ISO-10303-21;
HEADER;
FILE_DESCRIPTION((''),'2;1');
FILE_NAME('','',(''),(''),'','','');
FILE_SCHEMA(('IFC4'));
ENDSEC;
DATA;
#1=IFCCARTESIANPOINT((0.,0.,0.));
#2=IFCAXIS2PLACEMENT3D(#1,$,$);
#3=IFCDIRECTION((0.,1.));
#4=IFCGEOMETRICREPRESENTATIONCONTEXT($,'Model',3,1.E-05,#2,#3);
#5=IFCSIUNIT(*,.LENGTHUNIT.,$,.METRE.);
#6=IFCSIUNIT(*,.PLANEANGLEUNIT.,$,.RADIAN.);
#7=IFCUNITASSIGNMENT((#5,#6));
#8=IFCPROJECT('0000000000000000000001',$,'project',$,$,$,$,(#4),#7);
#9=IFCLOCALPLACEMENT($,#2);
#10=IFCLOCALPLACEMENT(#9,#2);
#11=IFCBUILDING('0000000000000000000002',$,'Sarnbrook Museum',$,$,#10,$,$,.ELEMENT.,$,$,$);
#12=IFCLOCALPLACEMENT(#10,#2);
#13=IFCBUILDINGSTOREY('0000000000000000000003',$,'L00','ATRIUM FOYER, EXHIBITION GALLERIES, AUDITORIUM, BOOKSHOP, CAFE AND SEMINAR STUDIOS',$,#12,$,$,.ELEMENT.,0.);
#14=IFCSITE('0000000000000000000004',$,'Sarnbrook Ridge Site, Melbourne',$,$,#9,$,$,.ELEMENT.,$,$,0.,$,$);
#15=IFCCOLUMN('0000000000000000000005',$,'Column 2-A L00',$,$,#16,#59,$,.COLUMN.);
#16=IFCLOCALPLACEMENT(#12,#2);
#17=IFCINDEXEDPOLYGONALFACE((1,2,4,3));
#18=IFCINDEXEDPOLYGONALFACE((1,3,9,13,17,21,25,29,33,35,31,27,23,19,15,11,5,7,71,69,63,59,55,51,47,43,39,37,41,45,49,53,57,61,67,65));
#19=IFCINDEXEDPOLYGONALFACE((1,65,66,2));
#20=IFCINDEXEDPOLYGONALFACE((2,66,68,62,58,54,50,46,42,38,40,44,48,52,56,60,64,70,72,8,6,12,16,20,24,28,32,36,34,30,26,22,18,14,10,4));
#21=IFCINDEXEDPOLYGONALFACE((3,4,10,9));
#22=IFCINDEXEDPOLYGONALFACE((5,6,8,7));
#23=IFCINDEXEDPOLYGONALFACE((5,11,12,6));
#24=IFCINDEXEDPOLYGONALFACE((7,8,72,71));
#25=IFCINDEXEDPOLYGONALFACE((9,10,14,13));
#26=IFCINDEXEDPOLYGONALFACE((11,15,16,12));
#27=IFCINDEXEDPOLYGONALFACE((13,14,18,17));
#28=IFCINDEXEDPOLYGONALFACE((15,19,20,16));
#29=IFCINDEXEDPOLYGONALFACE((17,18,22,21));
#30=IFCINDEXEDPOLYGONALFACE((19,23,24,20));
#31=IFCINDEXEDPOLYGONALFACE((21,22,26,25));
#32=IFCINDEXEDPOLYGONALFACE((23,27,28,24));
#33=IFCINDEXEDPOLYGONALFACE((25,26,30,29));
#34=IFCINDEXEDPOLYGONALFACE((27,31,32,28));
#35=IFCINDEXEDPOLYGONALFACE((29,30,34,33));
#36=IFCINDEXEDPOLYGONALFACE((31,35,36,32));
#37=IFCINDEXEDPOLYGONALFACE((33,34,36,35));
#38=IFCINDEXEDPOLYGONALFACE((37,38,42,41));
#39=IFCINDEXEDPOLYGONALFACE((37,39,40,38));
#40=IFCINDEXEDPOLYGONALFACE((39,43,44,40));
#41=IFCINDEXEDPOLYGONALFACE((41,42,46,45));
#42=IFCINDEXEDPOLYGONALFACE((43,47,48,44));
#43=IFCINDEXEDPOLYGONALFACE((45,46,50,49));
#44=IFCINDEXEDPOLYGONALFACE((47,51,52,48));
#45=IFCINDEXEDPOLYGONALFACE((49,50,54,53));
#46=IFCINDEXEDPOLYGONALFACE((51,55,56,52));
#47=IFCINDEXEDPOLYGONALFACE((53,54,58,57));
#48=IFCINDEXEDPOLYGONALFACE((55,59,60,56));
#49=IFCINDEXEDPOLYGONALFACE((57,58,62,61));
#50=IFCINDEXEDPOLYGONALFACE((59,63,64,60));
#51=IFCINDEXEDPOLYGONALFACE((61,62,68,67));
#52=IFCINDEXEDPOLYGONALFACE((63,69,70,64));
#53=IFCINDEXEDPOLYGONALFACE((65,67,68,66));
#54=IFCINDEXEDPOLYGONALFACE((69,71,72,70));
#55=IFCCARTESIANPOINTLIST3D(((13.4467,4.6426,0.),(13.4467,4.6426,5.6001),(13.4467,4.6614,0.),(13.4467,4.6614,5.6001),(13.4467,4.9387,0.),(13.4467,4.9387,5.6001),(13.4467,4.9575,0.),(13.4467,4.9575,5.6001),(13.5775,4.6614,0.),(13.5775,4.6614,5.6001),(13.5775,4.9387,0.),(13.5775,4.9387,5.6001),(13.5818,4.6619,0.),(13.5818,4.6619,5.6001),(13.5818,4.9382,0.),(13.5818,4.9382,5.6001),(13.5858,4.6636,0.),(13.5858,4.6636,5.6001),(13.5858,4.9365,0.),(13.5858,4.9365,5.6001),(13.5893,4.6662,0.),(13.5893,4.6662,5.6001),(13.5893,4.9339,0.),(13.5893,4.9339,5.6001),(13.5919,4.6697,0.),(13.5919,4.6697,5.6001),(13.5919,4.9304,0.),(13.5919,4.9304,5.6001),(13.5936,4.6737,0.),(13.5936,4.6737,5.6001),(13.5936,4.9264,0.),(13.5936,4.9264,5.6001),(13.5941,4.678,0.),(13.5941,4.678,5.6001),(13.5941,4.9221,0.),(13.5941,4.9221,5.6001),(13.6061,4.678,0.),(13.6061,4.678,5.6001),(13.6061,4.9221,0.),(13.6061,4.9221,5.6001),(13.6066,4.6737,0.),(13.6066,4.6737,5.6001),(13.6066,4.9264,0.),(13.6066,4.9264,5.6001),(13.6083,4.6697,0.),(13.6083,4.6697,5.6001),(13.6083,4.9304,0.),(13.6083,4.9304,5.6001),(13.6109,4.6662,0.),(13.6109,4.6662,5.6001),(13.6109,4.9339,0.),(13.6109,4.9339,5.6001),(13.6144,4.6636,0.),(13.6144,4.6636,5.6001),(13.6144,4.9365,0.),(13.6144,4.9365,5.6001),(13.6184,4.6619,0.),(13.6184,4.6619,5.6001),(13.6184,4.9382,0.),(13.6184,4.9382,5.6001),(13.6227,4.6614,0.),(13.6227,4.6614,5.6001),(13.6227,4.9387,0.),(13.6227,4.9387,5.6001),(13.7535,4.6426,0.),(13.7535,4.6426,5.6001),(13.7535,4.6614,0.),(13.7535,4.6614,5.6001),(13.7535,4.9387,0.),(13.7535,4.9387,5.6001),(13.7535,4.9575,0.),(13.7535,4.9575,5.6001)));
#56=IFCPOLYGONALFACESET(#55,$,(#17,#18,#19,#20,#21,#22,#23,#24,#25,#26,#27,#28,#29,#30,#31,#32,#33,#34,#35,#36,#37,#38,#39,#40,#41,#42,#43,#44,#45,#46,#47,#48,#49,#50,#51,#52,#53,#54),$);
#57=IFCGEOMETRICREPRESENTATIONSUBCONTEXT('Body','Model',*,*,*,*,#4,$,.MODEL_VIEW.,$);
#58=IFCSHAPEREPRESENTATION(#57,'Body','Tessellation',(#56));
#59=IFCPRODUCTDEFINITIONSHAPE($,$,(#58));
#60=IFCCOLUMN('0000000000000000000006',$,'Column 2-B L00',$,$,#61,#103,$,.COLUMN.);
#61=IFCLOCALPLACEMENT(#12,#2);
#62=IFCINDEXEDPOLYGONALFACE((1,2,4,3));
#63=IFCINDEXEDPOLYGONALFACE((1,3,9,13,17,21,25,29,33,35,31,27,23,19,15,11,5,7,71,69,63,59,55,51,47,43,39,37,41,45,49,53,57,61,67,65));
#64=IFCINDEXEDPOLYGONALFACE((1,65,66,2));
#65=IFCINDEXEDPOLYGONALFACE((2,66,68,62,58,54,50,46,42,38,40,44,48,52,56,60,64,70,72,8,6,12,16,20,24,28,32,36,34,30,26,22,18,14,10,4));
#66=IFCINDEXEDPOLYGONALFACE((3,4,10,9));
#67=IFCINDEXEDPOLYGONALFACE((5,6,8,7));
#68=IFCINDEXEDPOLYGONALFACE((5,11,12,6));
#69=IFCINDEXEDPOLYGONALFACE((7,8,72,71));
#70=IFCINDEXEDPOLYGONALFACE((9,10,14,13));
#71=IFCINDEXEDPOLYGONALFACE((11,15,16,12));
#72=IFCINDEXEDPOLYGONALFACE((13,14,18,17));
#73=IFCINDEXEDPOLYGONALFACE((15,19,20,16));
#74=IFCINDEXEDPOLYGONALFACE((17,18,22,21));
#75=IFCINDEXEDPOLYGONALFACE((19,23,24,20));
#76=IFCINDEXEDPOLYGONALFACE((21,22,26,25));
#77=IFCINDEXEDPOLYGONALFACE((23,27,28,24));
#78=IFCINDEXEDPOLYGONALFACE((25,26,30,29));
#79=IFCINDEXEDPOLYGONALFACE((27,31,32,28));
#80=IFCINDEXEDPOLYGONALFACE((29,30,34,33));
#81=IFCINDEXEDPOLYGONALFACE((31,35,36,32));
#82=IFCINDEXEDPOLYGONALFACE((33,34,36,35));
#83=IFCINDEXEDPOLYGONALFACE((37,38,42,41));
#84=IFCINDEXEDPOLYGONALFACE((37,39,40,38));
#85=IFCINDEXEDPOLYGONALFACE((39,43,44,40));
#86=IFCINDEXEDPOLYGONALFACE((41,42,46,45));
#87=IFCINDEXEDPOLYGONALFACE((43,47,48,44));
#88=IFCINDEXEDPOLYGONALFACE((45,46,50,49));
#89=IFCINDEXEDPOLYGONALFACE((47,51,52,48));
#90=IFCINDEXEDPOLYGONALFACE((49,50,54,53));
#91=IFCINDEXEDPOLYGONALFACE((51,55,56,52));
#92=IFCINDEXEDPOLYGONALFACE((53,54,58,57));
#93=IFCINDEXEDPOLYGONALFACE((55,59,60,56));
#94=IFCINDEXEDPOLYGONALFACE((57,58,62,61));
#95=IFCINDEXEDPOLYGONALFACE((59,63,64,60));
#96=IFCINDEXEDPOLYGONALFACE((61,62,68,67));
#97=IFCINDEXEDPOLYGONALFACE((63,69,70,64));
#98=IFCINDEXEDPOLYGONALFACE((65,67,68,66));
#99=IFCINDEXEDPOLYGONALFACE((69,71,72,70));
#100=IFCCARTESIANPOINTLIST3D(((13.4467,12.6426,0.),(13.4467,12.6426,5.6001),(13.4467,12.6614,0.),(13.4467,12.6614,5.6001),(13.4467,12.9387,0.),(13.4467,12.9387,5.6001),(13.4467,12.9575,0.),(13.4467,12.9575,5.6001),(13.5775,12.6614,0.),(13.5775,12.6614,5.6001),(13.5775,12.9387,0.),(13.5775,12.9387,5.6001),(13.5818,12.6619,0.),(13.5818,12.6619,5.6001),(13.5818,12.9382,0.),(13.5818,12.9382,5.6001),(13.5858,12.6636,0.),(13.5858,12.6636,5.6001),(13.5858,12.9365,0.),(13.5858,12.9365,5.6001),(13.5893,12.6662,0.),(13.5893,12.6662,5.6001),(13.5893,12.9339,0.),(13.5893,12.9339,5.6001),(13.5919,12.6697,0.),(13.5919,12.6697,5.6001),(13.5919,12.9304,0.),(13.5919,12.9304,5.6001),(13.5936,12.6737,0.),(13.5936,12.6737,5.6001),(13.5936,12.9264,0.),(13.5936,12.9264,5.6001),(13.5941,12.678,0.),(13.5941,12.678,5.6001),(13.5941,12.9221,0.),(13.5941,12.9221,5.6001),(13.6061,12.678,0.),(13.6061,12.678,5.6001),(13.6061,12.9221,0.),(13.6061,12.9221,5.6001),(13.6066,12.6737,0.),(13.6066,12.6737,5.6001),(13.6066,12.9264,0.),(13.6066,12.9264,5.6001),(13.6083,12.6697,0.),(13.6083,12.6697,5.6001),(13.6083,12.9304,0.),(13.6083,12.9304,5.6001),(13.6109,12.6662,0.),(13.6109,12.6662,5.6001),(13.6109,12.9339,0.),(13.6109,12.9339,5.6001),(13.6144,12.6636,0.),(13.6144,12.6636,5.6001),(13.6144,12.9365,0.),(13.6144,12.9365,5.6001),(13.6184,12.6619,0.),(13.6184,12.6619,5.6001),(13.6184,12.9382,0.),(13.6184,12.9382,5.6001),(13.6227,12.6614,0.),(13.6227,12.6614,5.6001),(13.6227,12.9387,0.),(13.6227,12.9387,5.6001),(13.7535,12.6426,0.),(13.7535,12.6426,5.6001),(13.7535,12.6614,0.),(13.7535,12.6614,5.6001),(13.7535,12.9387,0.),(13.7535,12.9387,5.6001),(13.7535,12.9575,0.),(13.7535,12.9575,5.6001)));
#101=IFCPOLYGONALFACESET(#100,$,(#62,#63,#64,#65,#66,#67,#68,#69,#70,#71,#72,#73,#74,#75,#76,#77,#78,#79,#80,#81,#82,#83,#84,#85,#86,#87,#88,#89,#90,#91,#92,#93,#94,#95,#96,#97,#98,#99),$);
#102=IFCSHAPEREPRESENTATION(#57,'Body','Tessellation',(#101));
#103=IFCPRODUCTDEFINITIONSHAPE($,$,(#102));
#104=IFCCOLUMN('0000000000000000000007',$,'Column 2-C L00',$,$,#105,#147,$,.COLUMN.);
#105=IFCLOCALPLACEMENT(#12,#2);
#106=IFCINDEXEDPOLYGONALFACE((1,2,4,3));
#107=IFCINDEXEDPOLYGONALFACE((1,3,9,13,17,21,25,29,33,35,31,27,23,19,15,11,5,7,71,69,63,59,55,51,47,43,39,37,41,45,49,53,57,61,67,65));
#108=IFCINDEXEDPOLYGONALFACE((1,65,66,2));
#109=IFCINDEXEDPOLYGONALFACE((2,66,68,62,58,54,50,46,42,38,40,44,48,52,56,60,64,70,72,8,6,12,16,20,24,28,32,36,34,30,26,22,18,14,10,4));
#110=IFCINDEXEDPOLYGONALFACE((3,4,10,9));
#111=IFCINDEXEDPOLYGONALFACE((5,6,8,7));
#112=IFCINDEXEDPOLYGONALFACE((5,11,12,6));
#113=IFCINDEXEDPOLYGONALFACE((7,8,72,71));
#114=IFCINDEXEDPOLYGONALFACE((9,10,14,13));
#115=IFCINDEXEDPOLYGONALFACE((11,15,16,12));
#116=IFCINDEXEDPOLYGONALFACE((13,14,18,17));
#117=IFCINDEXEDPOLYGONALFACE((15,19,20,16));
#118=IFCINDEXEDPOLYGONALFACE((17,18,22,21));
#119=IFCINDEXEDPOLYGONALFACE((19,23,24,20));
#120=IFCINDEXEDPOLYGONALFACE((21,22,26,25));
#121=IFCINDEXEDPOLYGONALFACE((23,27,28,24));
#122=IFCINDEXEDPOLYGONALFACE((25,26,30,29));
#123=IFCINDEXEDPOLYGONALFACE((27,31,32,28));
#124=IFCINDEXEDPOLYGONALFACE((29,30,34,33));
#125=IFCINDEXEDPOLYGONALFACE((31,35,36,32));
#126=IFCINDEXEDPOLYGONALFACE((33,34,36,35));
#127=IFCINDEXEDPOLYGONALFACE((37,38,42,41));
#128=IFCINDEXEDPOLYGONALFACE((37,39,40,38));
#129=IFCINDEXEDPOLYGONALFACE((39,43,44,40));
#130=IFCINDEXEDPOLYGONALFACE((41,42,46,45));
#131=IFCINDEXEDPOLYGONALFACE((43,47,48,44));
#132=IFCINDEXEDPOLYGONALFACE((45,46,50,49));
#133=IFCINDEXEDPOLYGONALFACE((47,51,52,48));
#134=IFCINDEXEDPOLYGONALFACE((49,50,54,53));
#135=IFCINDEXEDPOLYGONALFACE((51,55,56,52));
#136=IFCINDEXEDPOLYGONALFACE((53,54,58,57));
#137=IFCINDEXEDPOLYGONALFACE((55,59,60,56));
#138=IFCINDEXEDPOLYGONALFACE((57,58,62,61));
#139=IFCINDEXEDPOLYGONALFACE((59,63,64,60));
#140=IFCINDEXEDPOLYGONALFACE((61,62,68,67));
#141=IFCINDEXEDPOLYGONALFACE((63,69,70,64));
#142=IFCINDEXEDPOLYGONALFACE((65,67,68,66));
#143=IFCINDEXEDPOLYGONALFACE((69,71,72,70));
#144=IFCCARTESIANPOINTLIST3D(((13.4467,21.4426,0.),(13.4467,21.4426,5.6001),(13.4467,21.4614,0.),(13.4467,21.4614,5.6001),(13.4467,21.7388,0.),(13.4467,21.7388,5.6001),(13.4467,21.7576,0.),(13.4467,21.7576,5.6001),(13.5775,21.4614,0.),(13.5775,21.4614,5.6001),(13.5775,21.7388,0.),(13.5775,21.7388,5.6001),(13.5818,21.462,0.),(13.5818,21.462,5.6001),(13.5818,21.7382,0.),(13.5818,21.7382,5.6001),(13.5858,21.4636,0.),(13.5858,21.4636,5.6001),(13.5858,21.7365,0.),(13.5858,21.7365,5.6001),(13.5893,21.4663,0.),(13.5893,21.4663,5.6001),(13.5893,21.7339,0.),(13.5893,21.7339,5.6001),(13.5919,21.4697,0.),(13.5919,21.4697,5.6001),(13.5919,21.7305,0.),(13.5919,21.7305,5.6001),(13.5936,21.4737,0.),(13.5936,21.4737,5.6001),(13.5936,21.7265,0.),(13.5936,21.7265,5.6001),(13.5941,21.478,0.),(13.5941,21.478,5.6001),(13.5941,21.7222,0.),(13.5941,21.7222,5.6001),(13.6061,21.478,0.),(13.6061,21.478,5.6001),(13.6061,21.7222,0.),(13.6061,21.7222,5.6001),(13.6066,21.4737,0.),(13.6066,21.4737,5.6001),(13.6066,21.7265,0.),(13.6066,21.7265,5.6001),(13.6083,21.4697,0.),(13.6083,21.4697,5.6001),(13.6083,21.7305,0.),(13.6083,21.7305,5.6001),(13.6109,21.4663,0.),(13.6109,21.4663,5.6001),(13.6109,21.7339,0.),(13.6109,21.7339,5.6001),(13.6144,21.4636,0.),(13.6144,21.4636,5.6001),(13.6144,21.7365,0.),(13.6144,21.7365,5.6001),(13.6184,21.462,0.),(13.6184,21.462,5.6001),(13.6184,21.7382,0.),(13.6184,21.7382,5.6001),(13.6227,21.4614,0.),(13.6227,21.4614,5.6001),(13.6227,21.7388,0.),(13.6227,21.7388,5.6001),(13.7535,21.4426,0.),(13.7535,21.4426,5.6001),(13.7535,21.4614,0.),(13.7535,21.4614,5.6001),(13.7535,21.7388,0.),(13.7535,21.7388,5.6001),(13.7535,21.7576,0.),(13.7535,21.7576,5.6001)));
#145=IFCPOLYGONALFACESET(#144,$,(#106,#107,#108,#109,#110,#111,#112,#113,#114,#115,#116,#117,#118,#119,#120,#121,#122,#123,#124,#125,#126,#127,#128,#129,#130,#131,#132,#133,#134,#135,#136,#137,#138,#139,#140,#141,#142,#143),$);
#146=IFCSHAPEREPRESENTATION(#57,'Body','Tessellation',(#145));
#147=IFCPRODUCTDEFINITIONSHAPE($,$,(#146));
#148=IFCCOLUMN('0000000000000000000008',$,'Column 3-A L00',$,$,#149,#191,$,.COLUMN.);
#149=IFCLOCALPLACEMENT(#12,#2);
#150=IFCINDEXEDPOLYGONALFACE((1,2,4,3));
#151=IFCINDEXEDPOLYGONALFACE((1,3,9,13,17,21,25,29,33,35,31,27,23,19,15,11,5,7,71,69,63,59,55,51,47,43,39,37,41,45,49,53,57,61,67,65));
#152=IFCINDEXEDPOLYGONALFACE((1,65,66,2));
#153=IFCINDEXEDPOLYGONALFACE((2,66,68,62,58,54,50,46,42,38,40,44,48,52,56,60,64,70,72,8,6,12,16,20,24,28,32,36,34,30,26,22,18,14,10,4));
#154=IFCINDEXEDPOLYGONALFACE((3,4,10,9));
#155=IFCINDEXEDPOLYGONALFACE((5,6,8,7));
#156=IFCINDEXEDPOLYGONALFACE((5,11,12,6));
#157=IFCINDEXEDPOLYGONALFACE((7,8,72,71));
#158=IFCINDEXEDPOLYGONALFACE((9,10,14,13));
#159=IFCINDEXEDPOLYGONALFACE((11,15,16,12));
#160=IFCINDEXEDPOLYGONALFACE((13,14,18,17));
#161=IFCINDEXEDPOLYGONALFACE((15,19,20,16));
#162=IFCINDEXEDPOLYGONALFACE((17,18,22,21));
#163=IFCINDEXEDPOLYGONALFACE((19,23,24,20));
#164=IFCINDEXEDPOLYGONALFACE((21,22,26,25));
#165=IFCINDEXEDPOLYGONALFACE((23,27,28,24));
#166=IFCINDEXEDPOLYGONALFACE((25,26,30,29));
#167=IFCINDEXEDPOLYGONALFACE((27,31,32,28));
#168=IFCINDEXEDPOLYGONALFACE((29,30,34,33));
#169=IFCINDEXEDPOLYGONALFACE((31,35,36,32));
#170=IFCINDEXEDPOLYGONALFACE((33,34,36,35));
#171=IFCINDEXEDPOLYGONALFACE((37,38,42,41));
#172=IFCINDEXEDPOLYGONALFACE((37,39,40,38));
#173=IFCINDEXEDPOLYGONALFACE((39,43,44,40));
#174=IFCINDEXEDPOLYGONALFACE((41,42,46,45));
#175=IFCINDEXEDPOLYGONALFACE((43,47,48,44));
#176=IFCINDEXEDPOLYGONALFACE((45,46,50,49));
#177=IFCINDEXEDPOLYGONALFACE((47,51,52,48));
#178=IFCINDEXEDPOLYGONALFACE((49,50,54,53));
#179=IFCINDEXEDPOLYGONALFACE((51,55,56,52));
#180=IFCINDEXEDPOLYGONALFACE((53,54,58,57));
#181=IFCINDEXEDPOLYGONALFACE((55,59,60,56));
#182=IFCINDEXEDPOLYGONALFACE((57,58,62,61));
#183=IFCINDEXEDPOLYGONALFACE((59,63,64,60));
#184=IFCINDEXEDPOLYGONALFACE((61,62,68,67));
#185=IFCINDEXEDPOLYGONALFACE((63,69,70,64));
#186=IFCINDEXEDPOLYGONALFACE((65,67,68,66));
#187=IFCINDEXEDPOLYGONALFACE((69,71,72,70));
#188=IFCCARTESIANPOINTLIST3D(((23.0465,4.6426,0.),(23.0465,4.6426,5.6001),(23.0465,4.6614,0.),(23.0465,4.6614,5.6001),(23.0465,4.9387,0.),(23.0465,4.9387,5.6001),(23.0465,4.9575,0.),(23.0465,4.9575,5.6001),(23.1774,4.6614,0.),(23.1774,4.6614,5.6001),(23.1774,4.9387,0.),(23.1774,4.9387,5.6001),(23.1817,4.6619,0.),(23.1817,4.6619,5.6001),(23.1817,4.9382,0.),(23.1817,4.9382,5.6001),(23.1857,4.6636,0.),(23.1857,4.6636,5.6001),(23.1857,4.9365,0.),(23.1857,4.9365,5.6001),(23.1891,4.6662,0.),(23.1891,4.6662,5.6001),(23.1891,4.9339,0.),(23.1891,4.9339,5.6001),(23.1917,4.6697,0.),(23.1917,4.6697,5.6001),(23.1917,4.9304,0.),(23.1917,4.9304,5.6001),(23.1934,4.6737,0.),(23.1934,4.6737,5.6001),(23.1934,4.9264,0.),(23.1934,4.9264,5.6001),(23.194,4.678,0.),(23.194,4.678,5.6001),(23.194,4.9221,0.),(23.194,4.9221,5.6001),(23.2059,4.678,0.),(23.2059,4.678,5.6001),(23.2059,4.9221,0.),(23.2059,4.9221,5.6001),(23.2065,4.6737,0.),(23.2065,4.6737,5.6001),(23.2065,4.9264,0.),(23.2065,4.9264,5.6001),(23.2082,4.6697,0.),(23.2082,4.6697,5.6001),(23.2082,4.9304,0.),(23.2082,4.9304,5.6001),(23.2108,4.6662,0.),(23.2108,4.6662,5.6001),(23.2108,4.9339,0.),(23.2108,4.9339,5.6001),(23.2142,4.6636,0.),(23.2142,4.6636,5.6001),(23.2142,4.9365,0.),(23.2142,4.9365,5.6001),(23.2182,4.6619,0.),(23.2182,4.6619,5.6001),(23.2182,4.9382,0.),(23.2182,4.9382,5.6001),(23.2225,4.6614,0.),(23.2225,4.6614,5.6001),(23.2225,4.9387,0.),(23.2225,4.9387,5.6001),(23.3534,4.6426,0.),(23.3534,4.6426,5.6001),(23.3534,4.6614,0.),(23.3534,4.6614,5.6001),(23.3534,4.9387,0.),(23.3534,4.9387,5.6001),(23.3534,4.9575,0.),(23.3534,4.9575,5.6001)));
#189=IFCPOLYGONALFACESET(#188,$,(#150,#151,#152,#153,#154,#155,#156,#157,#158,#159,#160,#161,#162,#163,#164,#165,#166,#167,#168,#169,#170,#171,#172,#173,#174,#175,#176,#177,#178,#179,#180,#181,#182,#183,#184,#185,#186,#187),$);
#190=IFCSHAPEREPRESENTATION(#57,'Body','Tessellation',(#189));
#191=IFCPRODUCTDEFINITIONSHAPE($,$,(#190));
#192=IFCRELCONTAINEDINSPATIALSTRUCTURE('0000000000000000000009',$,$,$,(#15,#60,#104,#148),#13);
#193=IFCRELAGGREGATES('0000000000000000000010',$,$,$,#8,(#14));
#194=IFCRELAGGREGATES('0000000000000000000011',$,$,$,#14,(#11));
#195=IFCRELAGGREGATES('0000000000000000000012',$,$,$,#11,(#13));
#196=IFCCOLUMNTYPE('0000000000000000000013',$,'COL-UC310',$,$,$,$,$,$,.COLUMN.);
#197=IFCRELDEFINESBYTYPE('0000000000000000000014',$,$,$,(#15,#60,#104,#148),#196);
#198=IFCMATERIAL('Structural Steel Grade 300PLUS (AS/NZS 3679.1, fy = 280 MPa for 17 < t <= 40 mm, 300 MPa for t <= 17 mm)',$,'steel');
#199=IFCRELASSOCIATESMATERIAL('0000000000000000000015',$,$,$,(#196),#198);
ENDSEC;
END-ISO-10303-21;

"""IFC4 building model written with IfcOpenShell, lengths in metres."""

from ifc_helpers import new_model, si_unit, direction, frame, origin, origin_2d, place, context, subcontext, project, spatial, i_section, extrude, material, material_profile, profile_set, type_object, element, save


model = new_model("IFC4")

# Units and contexts
model_context = context("Model", 3, precision=1e-05, world=origin(), true_north=direction((0.0, 1.0)))
body_context = subcontext(model_context, "Body", "Model", "MODEL_VIEW")
ifc_project = project(units=[si_unit("LENGTHUNIT", "METRE"), si_unit("PLANEANGLEUNIT", "RADIAN")], contexts=[model_context])

# Site, building, storey
site_placement = place(None, origin())
site = spatial("IfcSite", under=ifc_project, at=site_placement, Name="Sarnbrook Ridge Site, Melbourne", CompositionType="ELEMENT", RefElevation=0.0)
building_placement = place(site_placement, origin())
building = spatial("IfcBuilding", under=site, at=building_placement, Name="Sarnbrook Museum", CompositionType="ELEMENT")
storey_placement = place(building_placement, origin())
storey = spatial("IfcBuildingStorey", under=building, at=storey_placement, Name="L00", Description="ATRIUM FOYER, EXHIBITION GALLERIES, AUDITORIUM, BOOKSHOP, CAFE AND SEMINAR STUDIOS", CompositionType="ELEMENT", Elevation=0.0)

# Columns
ifc_material_1 = material(Name="Structural Steel Grade 300PLUS (AS/NZS 3679.1, fy = 280 MPa for 17 < t <= 40 mm, 300 MPa for t <= 17 mm)", Category="steel")
ifc_material_profile_1 = material_profile(ifc_material_1, i_section(OverallWidth=0.3069, OverallDepth=0.3149, WebThickness=0.012, FlangeThickness=0.0188, FilletRadius=0.0166, at=origin_2d()), Name="310UC118")
ifc_profile_set_1 = profile_set([ifc_material_profile_1], Name="Structural Steel Grade 300PLUS (AS/NZS 3679.1, fy = 280 MPa for 17 < t <= 40 mm, 300 MPa for t <= 17 mm)")
column_type = type_object("IfcColumnType", Name="COL-UC310", PredefinedType="COLUMN", material=ifc_profile_set_1)
for number, where, z_axis, x_axis, name in (
    (1, (13.6001, 4.8, 0.0), (0.0, 0.0, 1.0), (1.0, 0.0, 0.0), "Column 2-A L00"),
    (2, (13.6001, 12.8, 0.0), (0.0, 0.0, 1.0), (1.0, 0.0, 0.0), "Column 2-B L00"),
    (3, (13.6001, 21.6001, 0.0), (0.0, 0.0, 1.0), (1.0, 0.0, 0.0), "Column 2-C L00"),
    (4, (23.2, 4.8, 0.0), (0.0, 0.0, 1.0), (1.0, 0.0, 0.0), "Column 3-A L00"),
):
    element("IfcColumn", number, at=place(storey_placement, frame(where, z_axis=z_axis, x_axis=x_axis)), inside=storey, type_object=column_type, Name=name, PredefinedType="COLUMN", context=body_context, shape_type="SweptSolid", body=[
        extrude(i_section(OverallWidth=0.3069, OverallDepth=0.3149, WebThickness=0.012, FlangeThickness=0.0188, FilletRadius=0.0166, at=origin_2d()), origin(), (0.0, 0.0, 1.0), 5.6001),
    ])

save(model, "model.ifc")
